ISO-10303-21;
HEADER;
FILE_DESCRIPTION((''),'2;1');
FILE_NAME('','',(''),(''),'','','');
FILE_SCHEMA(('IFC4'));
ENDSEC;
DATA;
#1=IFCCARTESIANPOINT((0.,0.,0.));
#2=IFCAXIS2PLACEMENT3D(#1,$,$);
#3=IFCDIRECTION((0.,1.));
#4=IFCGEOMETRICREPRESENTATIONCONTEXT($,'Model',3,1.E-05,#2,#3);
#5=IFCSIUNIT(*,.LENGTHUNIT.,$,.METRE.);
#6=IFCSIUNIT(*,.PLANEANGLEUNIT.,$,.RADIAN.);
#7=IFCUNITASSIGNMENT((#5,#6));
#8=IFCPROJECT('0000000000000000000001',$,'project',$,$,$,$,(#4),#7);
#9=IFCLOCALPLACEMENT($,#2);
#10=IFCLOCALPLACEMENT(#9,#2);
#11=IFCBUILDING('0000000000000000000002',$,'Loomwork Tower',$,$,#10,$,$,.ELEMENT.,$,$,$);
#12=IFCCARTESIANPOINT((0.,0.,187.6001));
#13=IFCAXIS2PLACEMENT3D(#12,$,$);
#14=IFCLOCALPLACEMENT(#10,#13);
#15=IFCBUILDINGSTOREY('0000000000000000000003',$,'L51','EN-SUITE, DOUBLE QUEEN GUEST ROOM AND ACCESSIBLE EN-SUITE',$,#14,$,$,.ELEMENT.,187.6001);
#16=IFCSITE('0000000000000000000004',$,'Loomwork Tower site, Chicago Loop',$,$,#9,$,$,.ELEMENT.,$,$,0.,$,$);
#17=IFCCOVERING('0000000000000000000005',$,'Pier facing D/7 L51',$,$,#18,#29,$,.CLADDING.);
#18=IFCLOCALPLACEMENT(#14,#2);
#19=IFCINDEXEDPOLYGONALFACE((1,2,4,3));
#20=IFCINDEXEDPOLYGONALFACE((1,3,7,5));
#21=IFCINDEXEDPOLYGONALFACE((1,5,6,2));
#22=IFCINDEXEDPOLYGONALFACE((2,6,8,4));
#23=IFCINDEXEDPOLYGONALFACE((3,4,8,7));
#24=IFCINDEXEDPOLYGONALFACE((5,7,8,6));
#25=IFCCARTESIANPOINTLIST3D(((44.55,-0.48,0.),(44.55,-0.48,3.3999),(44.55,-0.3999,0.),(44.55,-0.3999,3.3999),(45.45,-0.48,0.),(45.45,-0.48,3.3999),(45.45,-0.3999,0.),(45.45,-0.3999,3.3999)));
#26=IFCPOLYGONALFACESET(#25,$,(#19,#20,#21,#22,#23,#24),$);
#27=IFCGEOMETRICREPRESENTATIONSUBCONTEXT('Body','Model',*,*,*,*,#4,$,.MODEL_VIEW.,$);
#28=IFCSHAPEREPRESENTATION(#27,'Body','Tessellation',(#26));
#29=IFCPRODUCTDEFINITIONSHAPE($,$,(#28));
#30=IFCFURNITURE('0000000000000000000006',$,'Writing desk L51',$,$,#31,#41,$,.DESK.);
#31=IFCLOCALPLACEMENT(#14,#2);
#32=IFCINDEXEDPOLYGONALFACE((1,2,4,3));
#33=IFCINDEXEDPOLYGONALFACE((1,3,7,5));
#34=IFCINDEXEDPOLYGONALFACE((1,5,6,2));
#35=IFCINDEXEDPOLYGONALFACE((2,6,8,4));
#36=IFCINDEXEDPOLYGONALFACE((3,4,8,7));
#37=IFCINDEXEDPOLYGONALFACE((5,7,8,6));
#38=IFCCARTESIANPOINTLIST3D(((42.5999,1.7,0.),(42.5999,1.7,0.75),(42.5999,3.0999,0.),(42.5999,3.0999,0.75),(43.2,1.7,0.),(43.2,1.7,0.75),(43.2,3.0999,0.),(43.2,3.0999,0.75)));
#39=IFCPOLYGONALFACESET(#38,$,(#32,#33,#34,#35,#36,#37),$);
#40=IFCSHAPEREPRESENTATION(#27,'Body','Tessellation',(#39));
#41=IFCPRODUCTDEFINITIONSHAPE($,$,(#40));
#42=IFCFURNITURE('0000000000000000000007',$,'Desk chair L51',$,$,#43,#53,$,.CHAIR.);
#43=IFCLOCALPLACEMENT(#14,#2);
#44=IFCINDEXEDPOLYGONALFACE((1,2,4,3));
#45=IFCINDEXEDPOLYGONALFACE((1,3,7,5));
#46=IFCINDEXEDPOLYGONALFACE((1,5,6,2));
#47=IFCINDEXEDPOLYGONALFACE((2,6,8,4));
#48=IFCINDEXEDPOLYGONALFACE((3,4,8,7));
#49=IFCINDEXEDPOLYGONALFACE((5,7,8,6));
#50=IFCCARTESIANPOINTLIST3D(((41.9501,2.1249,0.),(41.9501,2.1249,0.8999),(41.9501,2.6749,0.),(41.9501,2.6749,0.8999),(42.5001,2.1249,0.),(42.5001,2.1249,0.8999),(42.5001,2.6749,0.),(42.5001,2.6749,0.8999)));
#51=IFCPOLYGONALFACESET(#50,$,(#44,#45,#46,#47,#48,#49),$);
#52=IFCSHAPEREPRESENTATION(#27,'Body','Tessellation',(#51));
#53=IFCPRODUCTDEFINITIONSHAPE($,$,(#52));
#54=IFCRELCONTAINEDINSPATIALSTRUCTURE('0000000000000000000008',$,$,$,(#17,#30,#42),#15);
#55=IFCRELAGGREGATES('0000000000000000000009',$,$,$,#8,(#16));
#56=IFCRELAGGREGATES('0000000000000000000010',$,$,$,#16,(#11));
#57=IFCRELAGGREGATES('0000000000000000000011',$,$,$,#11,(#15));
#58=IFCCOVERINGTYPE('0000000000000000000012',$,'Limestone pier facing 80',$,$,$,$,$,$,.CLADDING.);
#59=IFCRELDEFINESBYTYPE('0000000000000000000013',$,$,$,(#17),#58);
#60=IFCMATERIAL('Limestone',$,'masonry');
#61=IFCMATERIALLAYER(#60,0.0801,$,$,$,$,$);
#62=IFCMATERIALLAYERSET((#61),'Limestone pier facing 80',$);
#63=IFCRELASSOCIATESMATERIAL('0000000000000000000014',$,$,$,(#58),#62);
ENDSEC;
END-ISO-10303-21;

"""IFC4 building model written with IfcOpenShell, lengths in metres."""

from ifc_helpers import new_model, si_unit, direction, frame, origin, origin_2d, place, context, subcontext, project, spatial, rectangle, extrude, material, layer, layer_set, type_object, element, save


model = new_model("IFC4")

# Units and contexts
model_context = context("Model", 3, precision=1e-05, world=origin(), true_north=direction((0.0, 1.0)))
body_context = subcontext(model_context, "Body", "Model", "MODEL_VIEW")
ifc_project = project(units=[si_unit("LENGTHUNIT", "METRE"), si_unit("PLANEANGLEUNIT", "RADIAN")], contexts=[model_context])

# Site, building, storey
site_placement = place(None, origin())
site = spatial("IfcSite", under=ifc_project, at=site_placement, Name="Loomwork Tower site, Chicago Loop", CompositionType="ELEMENT", RefElevation=0.0)
building_placement = place(site_placement, origin())
building = spatial("IfcBuilding", under=site, at=building_placement, Name="Loomwork Tower", CompositionType="ELEMENT")
storey_placement = place(building_placement, frame((0.0, 0.0, 187.6001)))
storey = spatial("IfcBuildingStorey", under=building, at=storey_placement, Name="L51", Description="EN-SUITE, DOUBLE QUEEN GUEST ROOM AND ACCESSIBLE EN-SUITE", CompositionType="ELEMENT", Elevation=187.6001)

# Covering
ifc_material_1 = material(Name="Limestone", Category="masonry")
ifc_layer_1 = layer(ifc_material_1, 0.0801)
ifc_layer_set_1 = layer_set([ifc_layer_1], Name="Limestone pier facing 80")
covering_type = type_object("IfcCoveringType", Name="Limestone pier facing 80", PredefinedType="CLADDING", material=ifc_layer_set_1)
for number, where, z_axis, x_axis, name in (
    (1, (45.0, -0.4399, 0.0), (0.0, 0.0, 1.0), (1.0, 0.0, 0.0), "Pier facing D/7 L51"),
):
    element("IfcCovering", number, at=place(storey_placement, frame(where, z_axis=z_axis, x_axis=x_axis)), inside=storey, type_object=covering_type, Name=name, PredefinedType="CLADDING", context=body_context, shape_type="SweptSolid", body=[
        extrude(rectangle(XDim=0.8999, YDim=0.0801, at=origin_2d()), origin(), (0.0, 0.0, 1.0), 3.3999),
    ])

# Furniture
furniture_1_placement = place(storey_placement, frame((42.8999, 2.3999, 0.0), z_axis=(0.0, 0.0, 1.0), x_axis=(1.0, 0.0, 0.0)))
element("IfcFurniture", 2, at=furniture_1_placement, inside=storey, Name="Writing desk L51", PredefinedType="DESK", context=body_context, shape_type="SweptSolid", body=[
    extrude(rectangle(XDim=0.6001, YDim=1.3999, at=origin_2d()), origin(), (0.0, 0.0, 1.0), 0.75),
])
furniture_2_placement = place(storey_placement, frame((42.2251, 2.3999, 0.0), z_axis=(0.0, 0.0, 1.0), x_axis=(1.0, 0.0, 0.0)))
element("IfcFurniture", 3, at=furniture_2_placement, inside=storey, Name="Desk chair L51", PredefinedType="CHAIR", context=body_context, shape_type="SweptSolid", body=[
    extrude(rectangle(XDim=0.55, YDim=0.55, at=origin_2d()), origin(), (0.0, 0.0, 1.0), 0.8999),
])

save(model, "model.ifc")
